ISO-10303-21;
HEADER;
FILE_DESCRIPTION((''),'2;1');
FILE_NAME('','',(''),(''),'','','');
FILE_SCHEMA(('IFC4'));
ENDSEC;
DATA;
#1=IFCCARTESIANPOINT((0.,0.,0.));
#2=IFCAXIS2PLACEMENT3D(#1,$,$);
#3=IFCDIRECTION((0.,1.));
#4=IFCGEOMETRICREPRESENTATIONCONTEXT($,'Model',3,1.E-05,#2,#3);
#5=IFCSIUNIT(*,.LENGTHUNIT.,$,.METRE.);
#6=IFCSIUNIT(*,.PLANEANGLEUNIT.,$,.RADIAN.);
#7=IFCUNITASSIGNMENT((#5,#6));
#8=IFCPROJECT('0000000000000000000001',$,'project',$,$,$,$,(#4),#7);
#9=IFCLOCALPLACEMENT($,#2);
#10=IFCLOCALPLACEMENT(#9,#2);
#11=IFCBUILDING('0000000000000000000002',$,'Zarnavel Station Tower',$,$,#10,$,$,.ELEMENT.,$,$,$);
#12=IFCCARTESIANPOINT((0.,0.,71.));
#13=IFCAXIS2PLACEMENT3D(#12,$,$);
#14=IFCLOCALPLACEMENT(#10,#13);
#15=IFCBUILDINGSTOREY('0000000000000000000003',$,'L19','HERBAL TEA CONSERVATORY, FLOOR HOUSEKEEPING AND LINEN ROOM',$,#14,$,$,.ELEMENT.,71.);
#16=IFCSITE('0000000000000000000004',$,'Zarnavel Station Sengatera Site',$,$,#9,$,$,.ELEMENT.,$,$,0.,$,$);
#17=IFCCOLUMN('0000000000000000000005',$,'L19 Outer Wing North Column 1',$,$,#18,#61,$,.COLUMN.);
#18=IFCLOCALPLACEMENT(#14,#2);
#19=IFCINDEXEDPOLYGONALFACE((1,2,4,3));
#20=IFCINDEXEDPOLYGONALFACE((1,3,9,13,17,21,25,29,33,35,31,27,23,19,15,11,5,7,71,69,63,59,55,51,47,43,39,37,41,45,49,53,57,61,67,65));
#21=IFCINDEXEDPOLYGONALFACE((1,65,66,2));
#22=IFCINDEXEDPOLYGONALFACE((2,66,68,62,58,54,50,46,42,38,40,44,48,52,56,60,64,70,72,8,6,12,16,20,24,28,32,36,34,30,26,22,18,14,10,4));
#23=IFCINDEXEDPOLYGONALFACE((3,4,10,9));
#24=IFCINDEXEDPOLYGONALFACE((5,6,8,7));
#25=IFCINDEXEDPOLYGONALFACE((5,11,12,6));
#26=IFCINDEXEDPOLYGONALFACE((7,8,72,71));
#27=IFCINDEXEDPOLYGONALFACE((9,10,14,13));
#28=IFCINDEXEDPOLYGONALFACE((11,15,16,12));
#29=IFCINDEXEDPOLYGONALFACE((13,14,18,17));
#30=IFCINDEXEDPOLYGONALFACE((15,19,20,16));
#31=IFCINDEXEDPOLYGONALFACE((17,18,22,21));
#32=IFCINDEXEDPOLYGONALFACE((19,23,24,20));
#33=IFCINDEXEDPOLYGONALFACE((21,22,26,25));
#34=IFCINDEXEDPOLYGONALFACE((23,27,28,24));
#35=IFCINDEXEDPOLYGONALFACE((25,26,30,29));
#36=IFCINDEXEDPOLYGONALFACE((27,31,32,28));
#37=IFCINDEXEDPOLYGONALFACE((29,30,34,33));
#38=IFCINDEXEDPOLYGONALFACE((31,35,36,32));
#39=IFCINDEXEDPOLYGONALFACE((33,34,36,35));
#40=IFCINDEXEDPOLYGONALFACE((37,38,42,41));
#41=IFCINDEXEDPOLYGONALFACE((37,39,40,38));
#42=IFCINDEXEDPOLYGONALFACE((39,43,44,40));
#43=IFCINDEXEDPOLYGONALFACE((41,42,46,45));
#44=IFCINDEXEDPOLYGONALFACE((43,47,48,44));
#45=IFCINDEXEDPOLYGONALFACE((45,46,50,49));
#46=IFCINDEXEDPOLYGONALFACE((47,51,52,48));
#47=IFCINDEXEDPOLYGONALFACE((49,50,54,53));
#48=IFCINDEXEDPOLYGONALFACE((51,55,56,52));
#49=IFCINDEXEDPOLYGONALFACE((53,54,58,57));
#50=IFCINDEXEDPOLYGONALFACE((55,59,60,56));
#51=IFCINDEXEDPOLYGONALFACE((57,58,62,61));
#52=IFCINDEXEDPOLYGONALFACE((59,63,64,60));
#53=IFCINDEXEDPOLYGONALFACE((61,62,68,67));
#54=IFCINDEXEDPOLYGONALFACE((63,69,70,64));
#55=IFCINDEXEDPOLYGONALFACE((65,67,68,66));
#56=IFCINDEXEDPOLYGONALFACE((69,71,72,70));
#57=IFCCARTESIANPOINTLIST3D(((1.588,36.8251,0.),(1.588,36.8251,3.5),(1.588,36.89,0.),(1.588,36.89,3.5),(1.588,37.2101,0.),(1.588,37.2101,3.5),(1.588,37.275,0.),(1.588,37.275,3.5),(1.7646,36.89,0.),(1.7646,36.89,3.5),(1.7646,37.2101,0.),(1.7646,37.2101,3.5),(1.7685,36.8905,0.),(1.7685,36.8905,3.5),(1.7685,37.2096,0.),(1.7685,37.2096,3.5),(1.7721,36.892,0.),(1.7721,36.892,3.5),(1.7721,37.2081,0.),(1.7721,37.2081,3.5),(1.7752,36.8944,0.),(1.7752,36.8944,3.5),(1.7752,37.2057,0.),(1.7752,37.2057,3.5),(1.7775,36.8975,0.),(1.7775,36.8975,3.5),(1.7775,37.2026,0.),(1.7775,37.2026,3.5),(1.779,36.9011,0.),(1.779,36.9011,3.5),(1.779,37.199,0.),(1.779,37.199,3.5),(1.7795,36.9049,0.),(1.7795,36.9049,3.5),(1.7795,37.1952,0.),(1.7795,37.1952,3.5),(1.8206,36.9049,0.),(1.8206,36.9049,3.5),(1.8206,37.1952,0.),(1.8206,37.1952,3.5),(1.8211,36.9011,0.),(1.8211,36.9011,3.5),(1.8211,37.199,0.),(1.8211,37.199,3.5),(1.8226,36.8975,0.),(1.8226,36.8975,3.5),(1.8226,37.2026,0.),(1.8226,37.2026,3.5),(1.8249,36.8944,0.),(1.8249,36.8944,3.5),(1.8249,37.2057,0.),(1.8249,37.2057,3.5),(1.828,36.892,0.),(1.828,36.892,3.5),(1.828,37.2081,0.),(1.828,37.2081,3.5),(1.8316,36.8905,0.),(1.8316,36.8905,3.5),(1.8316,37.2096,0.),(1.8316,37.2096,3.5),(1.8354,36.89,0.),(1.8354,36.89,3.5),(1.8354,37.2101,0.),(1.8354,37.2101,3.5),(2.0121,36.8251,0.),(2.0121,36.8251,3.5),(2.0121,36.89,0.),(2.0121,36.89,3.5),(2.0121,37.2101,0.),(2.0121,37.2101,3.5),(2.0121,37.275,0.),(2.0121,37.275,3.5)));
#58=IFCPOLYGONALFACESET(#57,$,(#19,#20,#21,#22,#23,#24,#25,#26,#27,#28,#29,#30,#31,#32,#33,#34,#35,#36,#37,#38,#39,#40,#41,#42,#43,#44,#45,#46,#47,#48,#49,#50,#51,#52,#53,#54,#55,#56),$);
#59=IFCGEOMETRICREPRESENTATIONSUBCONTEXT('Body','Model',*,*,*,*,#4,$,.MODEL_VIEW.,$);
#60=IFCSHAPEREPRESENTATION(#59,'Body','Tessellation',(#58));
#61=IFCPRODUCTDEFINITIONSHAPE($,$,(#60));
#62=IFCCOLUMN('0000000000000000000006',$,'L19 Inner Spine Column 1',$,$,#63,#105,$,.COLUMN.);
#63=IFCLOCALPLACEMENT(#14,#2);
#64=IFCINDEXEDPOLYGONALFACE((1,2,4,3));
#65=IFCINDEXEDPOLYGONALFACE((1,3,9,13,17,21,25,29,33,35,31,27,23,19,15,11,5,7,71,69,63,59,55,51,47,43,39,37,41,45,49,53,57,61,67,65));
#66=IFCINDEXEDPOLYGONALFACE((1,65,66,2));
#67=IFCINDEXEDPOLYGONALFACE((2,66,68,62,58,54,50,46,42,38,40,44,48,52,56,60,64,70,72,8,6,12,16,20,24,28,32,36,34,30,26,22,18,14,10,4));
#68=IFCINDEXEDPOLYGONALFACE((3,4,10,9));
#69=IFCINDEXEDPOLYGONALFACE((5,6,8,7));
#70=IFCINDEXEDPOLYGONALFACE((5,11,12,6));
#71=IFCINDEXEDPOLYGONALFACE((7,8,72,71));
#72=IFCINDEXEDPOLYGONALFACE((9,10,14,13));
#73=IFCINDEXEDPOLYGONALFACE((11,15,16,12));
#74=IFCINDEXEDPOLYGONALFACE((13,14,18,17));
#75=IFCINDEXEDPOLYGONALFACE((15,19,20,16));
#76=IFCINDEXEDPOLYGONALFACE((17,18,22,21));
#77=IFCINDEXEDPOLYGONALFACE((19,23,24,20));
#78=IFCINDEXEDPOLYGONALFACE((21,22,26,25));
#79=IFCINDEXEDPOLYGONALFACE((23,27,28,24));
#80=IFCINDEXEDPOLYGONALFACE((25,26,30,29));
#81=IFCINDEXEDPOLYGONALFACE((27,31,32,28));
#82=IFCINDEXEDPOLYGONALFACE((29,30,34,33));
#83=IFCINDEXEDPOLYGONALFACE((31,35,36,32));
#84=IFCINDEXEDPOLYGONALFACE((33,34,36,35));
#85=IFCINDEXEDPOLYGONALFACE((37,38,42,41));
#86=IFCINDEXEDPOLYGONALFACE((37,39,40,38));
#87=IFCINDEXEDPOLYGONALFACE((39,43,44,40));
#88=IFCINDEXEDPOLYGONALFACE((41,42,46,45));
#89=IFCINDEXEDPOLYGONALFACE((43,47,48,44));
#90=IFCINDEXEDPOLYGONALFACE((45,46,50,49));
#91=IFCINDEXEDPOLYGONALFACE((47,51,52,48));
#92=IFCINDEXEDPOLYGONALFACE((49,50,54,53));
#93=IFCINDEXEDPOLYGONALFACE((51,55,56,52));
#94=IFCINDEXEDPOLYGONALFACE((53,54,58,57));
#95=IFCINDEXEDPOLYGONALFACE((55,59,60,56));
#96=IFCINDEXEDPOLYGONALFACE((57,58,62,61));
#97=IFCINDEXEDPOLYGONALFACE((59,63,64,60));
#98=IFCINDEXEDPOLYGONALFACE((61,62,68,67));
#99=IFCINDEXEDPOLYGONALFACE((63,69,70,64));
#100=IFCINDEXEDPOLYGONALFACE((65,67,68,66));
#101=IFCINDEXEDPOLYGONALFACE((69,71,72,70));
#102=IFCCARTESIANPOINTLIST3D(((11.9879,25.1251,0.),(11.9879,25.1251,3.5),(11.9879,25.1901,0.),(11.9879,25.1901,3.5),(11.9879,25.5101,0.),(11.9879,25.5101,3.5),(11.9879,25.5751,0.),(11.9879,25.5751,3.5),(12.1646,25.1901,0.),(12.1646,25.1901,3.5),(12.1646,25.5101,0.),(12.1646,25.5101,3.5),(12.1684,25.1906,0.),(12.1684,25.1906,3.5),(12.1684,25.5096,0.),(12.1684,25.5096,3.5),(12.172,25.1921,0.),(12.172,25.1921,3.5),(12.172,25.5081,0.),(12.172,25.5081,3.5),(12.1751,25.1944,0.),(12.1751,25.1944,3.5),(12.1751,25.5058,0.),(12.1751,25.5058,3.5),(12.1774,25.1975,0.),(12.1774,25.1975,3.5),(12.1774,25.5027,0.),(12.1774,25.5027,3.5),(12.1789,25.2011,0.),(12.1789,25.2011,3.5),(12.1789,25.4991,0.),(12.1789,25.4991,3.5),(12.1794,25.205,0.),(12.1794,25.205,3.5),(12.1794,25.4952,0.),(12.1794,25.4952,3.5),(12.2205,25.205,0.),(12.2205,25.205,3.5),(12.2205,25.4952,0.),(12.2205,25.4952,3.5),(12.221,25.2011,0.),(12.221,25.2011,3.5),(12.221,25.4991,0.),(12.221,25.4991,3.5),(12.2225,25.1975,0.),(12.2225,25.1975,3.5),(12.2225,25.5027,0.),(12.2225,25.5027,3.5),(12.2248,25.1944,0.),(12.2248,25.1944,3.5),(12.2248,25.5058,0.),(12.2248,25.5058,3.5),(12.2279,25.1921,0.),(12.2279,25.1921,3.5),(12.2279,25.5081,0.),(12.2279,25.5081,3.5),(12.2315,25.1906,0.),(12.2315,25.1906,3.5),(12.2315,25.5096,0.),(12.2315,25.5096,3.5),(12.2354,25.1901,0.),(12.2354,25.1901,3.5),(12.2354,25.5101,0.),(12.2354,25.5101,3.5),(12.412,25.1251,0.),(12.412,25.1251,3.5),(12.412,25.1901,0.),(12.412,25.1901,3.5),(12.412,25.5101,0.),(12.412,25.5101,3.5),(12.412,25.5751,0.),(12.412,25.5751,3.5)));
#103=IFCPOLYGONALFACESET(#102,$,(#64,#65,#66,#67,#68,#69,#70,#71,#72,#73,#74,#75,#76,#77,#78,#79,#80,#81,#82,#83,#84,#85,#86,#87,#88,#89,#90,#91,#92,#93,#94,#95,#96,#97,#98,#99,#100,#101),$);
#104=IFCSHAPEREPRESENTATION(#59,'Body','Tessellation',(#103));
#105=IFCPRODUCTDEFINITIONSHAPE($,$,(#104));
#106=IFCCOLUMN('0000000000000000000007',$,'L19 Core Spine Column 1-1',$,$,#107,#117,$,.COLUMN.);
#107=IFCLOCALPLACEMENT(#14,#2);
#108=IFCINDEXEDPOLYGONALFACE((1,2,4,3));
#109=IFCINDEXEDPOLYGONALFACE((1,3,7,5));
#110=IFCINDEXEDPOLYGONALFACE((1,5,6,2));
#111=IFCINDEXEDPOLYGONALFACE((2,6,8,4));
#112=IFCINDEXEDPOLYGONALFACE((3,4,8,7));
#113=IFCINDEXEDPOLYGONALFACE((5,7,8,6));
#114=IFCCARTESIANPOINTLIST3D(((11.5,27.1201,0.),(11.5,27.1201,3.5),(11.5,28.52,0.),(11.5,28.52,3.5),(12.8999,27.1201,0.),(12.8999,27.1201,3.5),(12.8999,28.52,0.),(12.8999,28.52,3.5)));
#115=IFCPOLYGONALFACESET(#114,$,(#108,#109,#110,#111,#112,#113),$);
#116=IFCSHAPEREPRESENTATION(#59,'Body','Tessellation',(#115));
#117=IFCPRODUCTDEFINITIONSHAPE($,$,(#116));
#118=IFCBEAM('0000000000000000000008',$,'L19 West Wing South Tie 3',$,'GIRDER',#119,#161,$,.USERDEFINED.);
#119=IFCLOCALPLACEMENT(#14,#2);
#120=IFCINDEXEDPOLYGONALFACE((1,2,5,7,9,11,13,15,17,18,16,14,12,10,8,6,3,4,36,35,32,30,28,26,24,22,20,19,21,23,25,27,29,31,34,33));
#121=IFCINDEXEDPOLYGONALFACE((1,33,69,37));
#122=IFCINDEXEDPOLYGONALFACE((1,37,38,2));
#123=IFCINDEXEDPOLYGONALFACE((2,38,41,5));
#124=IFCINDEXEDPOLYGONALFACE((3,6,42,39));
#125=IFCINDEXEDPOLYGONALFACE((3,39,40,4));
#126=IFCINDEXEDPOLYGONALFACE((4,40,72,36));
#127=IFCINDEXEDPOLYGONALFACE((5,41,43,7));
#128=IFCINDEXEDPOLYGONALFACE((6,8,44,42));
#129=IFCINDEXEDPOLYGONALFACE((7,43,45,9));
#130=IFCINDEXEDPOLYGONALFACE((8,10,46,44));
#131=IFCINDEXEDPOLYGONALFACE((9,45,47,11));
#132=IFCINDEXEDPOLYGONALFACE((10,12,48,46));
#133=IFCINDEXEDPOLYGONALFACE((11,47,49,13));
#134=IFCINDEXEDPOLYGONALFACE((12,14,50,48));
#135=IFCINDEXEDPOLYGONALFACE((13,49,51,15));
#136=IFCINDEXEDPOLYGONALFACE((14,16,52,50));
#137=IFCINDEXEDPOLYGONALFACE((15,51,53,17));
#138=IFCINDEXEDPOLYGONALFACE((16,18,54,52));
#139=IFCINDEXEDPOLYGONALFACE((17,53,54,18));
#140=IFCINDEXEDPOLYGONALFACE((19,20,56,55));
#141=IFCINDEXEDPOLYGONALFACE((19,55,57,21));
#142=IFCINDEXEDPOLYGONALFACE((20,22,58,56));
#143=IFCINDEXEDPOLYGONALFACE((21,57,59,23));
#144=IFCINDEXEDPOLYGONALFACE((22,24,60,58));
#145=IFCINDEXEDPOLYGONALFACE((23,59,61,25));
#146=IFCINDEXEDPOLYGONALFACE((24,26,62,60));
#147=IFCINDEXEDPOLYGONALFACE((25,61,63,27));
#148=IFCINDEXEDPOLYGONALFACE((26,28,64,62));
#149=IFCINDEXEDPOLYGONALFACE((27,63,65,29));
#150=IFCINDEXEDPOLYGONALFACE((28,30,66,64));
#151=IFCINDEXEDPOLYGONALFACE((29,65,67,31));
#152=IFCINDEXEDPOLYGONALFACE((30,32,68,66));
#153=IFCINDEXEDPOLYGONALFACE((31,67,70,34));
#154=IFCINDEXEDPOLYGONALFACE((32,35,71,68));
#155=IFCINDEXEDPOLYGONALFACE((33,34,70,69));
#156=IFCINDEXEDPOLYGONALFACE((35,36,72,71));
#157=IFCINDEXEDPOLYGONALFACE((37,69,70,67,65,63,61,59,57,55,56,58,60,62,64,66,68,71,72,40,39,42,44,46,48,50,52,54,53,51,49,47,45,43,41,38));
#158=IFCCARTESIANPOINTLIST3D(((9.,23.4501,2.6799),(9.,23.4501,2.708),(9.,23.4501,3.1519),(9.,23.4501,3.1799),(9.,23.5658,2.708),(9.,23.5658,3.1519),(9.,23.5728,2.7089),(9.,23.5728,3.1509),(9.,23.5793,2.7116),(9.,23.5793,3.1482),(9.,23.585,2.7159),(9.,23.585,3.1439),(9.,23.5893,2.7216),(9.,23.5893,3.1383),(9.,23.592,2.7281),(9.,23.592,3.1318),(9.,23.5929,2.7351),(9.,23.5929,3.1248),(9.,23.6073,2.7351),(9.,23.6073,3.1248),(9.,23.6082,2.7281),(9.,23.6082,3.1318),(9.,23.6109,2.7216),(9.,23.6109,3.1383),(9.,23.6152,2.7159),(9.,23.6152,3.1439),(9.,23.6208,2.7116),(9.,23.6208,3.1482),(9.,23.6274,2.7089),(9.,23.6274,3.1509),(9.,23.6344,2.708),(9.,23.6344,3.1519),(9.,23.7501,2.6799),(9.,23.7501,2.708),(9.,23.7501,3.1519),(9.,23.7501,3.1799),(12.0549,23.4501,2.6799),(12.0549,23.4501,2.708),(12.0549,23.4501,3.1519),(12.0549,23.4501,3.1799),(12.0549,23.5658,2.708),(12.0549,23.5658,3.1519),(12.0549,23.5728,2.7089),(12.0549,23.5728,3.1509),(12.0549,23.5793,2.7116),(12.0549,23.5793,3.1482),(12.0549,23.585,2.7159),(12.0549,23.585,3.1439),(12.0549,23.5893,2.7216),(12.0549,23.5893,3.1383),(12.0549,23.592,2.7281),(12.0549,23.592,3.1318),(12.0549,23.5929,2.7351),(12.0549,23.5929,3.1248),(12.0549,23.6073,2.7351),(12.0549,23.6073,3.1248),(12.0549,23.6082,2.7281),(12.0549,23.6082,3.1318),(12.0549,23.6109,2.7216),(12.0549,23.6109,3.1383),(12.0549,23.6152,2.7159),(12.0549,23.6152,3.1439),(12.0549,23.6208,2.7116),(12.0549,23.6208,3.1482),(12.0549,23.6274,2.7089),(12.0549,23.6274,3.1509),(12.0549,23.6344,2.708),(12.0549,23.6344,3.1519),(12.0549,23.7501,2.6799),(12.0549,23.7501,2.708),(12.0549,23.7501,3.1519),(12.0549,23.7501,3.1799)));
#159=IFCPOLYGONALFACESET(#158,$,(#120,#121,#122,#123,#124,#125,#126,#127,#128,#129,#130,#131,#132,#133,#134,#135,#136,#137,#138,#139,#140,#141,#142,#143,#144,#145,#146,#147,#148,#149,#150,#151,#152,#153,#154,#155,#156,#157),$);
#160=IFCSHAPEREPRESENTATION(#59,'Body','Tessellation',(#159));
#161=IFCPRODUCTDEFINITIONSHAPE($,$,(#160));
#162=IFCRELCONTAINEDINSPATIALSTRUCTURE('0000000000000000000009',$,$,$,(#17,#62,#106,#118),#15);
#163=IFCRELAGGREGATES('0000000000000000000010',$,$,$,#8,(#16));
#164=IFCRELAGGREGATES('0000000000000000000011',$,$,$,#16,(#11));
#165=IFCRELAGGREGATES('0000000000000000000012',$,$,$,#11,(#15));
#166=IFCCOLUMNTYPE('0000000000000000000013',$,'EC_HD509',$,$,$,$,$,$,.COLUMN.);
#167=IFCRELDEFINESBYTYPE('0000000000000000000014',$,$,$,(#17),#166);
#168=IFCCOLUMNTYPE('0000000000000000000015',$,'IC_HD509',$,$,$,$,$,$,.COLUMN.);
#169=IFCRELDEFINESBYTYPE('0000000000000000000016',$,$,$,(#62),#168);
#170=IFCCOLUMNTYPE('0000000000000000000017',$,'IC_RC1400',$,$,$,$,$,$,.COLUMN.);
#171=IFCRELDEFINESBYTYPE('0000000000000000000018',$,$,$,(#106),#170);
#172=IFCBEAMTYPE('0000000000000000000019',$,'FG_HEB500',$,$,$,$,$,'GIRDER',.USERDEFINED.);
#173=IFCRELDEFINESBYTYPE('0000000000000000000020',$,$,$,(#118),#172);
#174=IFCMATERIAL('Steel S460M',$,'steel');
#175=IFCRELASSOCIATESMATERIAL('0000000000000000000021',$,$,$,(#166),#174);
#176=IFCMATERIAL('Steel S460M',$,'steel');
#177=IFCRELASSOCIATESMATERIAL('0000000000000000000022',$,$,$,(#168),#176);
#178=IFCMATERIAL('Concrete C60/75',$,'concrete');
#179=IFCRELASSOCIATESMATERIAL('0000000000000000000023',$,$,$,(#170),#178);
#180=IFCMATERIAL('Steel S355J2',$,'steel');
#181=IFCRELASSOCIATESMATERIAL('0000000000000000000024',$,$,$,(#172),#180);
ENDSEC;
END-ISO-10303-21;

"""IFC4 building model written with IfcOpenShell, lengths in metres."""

from ifc_helpers import new_model, si_unit, direction, frame, origin, origin_2d, place, context, subcontext, project, spatial, rectangle, i_section, extrude, material, material_profile, profile_set, type_object, element, save


model = new_model("IFC4")

# Units and contexts
model_context = context("Model", 3, precision=1e-05, world=origin(), true_north=direction((0.0, 1.0)))
body_context = subcontext(model_context, "Body", "Model", "MODEL_VIEW")
ifc_project = project(units=[si_unit("LENGTHUNIT", "METRE"), si_unit("PLANEANGLEUNIT", "RADIAN")], contexts=[model_context])

# Site, building, storey
site_placement = place(None, origin())
site = spatial("IfcSite", under=ifc_project, at=site_placement, Name="Zarnavel Station Sengatera Site", CompositionType="ELEMENT", RefElevation=0.0)
building_placement = place(site_placement, origin())
building = spatial("IfcBuilding", under=site, at=building_placement, Name="Zarnavel Station Tower", CompositionType="ELEMENT")
storey_placement = place(building_placement, frame((0.0, 0.0, 71.0)))
storey = spatial("IfcBuildingStorey", under=building, at=storey_placement, Name="L19", Description="HERBAL TEA CONSERVATORY, FLOOR HOUSEKEEPING AND LINEN ROOM", CompositionType="ELEMENT", Elevation=71.0)

# Columns
ifc_material_1 = material(Name="Steel S460M", Category="steel")
ifc_material_profile_1 = material_profile(ifc_material_1, i_section(OverallWidth=0.4241, OverallDepth=0.45, WebThickness=0.041, FlangeThickness=0.0649, FilletRadius=0.0149, at=origin_2d()), Name="HD400x509")
ifc_profile_set_1 = profile_set([ifc_material_profile_1], Name="Steel S460M")
column_type_1 = type_object("IfcColumnType", Name="EC_HD509", PredefinedType="COLUMN", material=ifc_profile_set_1)
column_1_placement = place(storey_placement, frame((1.8, 37.05, 0.0), z_axis=(0.0, 0.0, 1.0), x_axis=(1.0, 0.0, 0.0)))
element("IfcColumn", 1, at=column_1_placement, inside=storey, type_object=column_type_1, Name="L19 Outer Wing North Column 1", PredefinedType="COLUMN", context=body_context, shape_type="SweptSolid", body=[
    extrude(i_section(OverallWidth=0.4241, OverallDepth=0.45, WebThickness=0.041, FlangeThickness=0.0649, FilletRadius=0.0149, at=origin_2d()), origin(), (0.0, 0.0, 1.0), 3.5),
])
ifc_material_2 = material(Name="Steel S460M", Category="steel")
ifc_material_profile_2 = material_profile(ifc_material_2, i_section(OverallWidth=0.4241, OverallDepth=0.45, WebThickness=0.041, FlangeThickness=0.0649, FilletRadius=0.0149, at=origin_2d()), Name="HD400x509")
ifc_profile_set_2 = profile_set([ifc_material_profile_2], Name="Steel S460M")
column_type_2 = type_object("IfcColumnType", Name="IC_HD509", PredefinedType="COLUMN", material=ifc_profile_set_2)
column_2_placement = place(storey_placement, frame((12.2, 25.3501, 0.0), z_axis=(0.0, 0.0, 1.0), x_axis=(1.0, 0.0, 0.0)))
element("IfcColumn", 2, at=column_2_placement, inside=storey, type_object=column_type_2, Name="L19 Inner Spine Column 1", PredefinedType="COLUMN", context=body_context, shape_type="SweptSolid", body=[
    extrude(i_section(OverallWidth=0.4241, OverallDepth=0.45, WebThickness=0.041, FlangeThickness=0.0649, FilletRadius=0.0149, at=origin_2d()), origin(), (0.0, 0.0, 1.0), 3.5),
])
ifc_material_3 = material(Name="Concrete C60/75", Category="concrete")
ifc_material_profile_3 = material_profile(ifc_material_3, rectangle(XDim=1.3999, YDim=1.3999, at=origin_2d()), Name="RC1400x1400")
ifc_profile_set_3 = profile_set([ifc_material_profile_3], Name="Concrete C60/75")
column_type_3 = type_object("IfcColumnType", Name="IC_RC1400", PredefinedType="COLUMN", material=ifc_profile_set_3)
column_3_placement = place(storey_placement, frame((12.2, 27.8201, 0.0), z_axis=(0.0, 0.0, 1.0), x_axis=(1.0, 0.0, 0.0)))
element("IfcColumn", 3, at=column_3_placement, inside=storey, type_object=column_type_3, Name="L19 Core Spine Column 1-1", PredefinedType="COLUMN", context=body_context, shape_type="SweptSolid", body=[
    extrude(rectangle(XDim=1.3999, YDim=1.3999, at=origin_2d()), origin(), (0.0, 0.0, 1.0), 3.5),
])

# Beam
ifc_material_4 = material(Name="Steel S355J2", Category="steel")
ifc_material_profile_4 = material_profile(ifc_material_4, i_section(OverallWidth=0.3, OverallDepth=0.5, WebThickness=0.0144, FlangeThickness=0.0281, FilletRadius=0.0271, at=origin_2d()), Name="HEB500")
ifc_profile_set_4 = profile_set([ifc_material_profile_4], Name="Steel S355J2")
beam_type_1 = type_object("IfcBeamType", Name="FG_HEB500", ElementType="GIRDER", PredefinedType="USERDEFINED", material=ifc_profile_set_4)
beam_1_placement = place(storey_placement, frame((9.0, 23.6001, 2.9299), z_axis=(1.0, 0.0, 0.0), x_axis=(0.0, 1.0, 0.0)))
element("IfcBeam", 4, at=beam_1_placement, inside=storey, type_object=beam_type_1, Name="L19 West Wing South Tie 3", ObjectType="GIRDER", PredefinedType="USERDEFINED", context=body_context, shape_type="SweptSolid", body=[
    extrude(i_section(OverallWidth=0.3, OverallDepth=0.5, WebThickness=0.0144, FlangeThickness=0.0281, FilletRadius=0.0271, at=origin_2d()), origin(), (0.0, 0.0, 1.0), 3.0549),
])

save(model, "model.ifc")
